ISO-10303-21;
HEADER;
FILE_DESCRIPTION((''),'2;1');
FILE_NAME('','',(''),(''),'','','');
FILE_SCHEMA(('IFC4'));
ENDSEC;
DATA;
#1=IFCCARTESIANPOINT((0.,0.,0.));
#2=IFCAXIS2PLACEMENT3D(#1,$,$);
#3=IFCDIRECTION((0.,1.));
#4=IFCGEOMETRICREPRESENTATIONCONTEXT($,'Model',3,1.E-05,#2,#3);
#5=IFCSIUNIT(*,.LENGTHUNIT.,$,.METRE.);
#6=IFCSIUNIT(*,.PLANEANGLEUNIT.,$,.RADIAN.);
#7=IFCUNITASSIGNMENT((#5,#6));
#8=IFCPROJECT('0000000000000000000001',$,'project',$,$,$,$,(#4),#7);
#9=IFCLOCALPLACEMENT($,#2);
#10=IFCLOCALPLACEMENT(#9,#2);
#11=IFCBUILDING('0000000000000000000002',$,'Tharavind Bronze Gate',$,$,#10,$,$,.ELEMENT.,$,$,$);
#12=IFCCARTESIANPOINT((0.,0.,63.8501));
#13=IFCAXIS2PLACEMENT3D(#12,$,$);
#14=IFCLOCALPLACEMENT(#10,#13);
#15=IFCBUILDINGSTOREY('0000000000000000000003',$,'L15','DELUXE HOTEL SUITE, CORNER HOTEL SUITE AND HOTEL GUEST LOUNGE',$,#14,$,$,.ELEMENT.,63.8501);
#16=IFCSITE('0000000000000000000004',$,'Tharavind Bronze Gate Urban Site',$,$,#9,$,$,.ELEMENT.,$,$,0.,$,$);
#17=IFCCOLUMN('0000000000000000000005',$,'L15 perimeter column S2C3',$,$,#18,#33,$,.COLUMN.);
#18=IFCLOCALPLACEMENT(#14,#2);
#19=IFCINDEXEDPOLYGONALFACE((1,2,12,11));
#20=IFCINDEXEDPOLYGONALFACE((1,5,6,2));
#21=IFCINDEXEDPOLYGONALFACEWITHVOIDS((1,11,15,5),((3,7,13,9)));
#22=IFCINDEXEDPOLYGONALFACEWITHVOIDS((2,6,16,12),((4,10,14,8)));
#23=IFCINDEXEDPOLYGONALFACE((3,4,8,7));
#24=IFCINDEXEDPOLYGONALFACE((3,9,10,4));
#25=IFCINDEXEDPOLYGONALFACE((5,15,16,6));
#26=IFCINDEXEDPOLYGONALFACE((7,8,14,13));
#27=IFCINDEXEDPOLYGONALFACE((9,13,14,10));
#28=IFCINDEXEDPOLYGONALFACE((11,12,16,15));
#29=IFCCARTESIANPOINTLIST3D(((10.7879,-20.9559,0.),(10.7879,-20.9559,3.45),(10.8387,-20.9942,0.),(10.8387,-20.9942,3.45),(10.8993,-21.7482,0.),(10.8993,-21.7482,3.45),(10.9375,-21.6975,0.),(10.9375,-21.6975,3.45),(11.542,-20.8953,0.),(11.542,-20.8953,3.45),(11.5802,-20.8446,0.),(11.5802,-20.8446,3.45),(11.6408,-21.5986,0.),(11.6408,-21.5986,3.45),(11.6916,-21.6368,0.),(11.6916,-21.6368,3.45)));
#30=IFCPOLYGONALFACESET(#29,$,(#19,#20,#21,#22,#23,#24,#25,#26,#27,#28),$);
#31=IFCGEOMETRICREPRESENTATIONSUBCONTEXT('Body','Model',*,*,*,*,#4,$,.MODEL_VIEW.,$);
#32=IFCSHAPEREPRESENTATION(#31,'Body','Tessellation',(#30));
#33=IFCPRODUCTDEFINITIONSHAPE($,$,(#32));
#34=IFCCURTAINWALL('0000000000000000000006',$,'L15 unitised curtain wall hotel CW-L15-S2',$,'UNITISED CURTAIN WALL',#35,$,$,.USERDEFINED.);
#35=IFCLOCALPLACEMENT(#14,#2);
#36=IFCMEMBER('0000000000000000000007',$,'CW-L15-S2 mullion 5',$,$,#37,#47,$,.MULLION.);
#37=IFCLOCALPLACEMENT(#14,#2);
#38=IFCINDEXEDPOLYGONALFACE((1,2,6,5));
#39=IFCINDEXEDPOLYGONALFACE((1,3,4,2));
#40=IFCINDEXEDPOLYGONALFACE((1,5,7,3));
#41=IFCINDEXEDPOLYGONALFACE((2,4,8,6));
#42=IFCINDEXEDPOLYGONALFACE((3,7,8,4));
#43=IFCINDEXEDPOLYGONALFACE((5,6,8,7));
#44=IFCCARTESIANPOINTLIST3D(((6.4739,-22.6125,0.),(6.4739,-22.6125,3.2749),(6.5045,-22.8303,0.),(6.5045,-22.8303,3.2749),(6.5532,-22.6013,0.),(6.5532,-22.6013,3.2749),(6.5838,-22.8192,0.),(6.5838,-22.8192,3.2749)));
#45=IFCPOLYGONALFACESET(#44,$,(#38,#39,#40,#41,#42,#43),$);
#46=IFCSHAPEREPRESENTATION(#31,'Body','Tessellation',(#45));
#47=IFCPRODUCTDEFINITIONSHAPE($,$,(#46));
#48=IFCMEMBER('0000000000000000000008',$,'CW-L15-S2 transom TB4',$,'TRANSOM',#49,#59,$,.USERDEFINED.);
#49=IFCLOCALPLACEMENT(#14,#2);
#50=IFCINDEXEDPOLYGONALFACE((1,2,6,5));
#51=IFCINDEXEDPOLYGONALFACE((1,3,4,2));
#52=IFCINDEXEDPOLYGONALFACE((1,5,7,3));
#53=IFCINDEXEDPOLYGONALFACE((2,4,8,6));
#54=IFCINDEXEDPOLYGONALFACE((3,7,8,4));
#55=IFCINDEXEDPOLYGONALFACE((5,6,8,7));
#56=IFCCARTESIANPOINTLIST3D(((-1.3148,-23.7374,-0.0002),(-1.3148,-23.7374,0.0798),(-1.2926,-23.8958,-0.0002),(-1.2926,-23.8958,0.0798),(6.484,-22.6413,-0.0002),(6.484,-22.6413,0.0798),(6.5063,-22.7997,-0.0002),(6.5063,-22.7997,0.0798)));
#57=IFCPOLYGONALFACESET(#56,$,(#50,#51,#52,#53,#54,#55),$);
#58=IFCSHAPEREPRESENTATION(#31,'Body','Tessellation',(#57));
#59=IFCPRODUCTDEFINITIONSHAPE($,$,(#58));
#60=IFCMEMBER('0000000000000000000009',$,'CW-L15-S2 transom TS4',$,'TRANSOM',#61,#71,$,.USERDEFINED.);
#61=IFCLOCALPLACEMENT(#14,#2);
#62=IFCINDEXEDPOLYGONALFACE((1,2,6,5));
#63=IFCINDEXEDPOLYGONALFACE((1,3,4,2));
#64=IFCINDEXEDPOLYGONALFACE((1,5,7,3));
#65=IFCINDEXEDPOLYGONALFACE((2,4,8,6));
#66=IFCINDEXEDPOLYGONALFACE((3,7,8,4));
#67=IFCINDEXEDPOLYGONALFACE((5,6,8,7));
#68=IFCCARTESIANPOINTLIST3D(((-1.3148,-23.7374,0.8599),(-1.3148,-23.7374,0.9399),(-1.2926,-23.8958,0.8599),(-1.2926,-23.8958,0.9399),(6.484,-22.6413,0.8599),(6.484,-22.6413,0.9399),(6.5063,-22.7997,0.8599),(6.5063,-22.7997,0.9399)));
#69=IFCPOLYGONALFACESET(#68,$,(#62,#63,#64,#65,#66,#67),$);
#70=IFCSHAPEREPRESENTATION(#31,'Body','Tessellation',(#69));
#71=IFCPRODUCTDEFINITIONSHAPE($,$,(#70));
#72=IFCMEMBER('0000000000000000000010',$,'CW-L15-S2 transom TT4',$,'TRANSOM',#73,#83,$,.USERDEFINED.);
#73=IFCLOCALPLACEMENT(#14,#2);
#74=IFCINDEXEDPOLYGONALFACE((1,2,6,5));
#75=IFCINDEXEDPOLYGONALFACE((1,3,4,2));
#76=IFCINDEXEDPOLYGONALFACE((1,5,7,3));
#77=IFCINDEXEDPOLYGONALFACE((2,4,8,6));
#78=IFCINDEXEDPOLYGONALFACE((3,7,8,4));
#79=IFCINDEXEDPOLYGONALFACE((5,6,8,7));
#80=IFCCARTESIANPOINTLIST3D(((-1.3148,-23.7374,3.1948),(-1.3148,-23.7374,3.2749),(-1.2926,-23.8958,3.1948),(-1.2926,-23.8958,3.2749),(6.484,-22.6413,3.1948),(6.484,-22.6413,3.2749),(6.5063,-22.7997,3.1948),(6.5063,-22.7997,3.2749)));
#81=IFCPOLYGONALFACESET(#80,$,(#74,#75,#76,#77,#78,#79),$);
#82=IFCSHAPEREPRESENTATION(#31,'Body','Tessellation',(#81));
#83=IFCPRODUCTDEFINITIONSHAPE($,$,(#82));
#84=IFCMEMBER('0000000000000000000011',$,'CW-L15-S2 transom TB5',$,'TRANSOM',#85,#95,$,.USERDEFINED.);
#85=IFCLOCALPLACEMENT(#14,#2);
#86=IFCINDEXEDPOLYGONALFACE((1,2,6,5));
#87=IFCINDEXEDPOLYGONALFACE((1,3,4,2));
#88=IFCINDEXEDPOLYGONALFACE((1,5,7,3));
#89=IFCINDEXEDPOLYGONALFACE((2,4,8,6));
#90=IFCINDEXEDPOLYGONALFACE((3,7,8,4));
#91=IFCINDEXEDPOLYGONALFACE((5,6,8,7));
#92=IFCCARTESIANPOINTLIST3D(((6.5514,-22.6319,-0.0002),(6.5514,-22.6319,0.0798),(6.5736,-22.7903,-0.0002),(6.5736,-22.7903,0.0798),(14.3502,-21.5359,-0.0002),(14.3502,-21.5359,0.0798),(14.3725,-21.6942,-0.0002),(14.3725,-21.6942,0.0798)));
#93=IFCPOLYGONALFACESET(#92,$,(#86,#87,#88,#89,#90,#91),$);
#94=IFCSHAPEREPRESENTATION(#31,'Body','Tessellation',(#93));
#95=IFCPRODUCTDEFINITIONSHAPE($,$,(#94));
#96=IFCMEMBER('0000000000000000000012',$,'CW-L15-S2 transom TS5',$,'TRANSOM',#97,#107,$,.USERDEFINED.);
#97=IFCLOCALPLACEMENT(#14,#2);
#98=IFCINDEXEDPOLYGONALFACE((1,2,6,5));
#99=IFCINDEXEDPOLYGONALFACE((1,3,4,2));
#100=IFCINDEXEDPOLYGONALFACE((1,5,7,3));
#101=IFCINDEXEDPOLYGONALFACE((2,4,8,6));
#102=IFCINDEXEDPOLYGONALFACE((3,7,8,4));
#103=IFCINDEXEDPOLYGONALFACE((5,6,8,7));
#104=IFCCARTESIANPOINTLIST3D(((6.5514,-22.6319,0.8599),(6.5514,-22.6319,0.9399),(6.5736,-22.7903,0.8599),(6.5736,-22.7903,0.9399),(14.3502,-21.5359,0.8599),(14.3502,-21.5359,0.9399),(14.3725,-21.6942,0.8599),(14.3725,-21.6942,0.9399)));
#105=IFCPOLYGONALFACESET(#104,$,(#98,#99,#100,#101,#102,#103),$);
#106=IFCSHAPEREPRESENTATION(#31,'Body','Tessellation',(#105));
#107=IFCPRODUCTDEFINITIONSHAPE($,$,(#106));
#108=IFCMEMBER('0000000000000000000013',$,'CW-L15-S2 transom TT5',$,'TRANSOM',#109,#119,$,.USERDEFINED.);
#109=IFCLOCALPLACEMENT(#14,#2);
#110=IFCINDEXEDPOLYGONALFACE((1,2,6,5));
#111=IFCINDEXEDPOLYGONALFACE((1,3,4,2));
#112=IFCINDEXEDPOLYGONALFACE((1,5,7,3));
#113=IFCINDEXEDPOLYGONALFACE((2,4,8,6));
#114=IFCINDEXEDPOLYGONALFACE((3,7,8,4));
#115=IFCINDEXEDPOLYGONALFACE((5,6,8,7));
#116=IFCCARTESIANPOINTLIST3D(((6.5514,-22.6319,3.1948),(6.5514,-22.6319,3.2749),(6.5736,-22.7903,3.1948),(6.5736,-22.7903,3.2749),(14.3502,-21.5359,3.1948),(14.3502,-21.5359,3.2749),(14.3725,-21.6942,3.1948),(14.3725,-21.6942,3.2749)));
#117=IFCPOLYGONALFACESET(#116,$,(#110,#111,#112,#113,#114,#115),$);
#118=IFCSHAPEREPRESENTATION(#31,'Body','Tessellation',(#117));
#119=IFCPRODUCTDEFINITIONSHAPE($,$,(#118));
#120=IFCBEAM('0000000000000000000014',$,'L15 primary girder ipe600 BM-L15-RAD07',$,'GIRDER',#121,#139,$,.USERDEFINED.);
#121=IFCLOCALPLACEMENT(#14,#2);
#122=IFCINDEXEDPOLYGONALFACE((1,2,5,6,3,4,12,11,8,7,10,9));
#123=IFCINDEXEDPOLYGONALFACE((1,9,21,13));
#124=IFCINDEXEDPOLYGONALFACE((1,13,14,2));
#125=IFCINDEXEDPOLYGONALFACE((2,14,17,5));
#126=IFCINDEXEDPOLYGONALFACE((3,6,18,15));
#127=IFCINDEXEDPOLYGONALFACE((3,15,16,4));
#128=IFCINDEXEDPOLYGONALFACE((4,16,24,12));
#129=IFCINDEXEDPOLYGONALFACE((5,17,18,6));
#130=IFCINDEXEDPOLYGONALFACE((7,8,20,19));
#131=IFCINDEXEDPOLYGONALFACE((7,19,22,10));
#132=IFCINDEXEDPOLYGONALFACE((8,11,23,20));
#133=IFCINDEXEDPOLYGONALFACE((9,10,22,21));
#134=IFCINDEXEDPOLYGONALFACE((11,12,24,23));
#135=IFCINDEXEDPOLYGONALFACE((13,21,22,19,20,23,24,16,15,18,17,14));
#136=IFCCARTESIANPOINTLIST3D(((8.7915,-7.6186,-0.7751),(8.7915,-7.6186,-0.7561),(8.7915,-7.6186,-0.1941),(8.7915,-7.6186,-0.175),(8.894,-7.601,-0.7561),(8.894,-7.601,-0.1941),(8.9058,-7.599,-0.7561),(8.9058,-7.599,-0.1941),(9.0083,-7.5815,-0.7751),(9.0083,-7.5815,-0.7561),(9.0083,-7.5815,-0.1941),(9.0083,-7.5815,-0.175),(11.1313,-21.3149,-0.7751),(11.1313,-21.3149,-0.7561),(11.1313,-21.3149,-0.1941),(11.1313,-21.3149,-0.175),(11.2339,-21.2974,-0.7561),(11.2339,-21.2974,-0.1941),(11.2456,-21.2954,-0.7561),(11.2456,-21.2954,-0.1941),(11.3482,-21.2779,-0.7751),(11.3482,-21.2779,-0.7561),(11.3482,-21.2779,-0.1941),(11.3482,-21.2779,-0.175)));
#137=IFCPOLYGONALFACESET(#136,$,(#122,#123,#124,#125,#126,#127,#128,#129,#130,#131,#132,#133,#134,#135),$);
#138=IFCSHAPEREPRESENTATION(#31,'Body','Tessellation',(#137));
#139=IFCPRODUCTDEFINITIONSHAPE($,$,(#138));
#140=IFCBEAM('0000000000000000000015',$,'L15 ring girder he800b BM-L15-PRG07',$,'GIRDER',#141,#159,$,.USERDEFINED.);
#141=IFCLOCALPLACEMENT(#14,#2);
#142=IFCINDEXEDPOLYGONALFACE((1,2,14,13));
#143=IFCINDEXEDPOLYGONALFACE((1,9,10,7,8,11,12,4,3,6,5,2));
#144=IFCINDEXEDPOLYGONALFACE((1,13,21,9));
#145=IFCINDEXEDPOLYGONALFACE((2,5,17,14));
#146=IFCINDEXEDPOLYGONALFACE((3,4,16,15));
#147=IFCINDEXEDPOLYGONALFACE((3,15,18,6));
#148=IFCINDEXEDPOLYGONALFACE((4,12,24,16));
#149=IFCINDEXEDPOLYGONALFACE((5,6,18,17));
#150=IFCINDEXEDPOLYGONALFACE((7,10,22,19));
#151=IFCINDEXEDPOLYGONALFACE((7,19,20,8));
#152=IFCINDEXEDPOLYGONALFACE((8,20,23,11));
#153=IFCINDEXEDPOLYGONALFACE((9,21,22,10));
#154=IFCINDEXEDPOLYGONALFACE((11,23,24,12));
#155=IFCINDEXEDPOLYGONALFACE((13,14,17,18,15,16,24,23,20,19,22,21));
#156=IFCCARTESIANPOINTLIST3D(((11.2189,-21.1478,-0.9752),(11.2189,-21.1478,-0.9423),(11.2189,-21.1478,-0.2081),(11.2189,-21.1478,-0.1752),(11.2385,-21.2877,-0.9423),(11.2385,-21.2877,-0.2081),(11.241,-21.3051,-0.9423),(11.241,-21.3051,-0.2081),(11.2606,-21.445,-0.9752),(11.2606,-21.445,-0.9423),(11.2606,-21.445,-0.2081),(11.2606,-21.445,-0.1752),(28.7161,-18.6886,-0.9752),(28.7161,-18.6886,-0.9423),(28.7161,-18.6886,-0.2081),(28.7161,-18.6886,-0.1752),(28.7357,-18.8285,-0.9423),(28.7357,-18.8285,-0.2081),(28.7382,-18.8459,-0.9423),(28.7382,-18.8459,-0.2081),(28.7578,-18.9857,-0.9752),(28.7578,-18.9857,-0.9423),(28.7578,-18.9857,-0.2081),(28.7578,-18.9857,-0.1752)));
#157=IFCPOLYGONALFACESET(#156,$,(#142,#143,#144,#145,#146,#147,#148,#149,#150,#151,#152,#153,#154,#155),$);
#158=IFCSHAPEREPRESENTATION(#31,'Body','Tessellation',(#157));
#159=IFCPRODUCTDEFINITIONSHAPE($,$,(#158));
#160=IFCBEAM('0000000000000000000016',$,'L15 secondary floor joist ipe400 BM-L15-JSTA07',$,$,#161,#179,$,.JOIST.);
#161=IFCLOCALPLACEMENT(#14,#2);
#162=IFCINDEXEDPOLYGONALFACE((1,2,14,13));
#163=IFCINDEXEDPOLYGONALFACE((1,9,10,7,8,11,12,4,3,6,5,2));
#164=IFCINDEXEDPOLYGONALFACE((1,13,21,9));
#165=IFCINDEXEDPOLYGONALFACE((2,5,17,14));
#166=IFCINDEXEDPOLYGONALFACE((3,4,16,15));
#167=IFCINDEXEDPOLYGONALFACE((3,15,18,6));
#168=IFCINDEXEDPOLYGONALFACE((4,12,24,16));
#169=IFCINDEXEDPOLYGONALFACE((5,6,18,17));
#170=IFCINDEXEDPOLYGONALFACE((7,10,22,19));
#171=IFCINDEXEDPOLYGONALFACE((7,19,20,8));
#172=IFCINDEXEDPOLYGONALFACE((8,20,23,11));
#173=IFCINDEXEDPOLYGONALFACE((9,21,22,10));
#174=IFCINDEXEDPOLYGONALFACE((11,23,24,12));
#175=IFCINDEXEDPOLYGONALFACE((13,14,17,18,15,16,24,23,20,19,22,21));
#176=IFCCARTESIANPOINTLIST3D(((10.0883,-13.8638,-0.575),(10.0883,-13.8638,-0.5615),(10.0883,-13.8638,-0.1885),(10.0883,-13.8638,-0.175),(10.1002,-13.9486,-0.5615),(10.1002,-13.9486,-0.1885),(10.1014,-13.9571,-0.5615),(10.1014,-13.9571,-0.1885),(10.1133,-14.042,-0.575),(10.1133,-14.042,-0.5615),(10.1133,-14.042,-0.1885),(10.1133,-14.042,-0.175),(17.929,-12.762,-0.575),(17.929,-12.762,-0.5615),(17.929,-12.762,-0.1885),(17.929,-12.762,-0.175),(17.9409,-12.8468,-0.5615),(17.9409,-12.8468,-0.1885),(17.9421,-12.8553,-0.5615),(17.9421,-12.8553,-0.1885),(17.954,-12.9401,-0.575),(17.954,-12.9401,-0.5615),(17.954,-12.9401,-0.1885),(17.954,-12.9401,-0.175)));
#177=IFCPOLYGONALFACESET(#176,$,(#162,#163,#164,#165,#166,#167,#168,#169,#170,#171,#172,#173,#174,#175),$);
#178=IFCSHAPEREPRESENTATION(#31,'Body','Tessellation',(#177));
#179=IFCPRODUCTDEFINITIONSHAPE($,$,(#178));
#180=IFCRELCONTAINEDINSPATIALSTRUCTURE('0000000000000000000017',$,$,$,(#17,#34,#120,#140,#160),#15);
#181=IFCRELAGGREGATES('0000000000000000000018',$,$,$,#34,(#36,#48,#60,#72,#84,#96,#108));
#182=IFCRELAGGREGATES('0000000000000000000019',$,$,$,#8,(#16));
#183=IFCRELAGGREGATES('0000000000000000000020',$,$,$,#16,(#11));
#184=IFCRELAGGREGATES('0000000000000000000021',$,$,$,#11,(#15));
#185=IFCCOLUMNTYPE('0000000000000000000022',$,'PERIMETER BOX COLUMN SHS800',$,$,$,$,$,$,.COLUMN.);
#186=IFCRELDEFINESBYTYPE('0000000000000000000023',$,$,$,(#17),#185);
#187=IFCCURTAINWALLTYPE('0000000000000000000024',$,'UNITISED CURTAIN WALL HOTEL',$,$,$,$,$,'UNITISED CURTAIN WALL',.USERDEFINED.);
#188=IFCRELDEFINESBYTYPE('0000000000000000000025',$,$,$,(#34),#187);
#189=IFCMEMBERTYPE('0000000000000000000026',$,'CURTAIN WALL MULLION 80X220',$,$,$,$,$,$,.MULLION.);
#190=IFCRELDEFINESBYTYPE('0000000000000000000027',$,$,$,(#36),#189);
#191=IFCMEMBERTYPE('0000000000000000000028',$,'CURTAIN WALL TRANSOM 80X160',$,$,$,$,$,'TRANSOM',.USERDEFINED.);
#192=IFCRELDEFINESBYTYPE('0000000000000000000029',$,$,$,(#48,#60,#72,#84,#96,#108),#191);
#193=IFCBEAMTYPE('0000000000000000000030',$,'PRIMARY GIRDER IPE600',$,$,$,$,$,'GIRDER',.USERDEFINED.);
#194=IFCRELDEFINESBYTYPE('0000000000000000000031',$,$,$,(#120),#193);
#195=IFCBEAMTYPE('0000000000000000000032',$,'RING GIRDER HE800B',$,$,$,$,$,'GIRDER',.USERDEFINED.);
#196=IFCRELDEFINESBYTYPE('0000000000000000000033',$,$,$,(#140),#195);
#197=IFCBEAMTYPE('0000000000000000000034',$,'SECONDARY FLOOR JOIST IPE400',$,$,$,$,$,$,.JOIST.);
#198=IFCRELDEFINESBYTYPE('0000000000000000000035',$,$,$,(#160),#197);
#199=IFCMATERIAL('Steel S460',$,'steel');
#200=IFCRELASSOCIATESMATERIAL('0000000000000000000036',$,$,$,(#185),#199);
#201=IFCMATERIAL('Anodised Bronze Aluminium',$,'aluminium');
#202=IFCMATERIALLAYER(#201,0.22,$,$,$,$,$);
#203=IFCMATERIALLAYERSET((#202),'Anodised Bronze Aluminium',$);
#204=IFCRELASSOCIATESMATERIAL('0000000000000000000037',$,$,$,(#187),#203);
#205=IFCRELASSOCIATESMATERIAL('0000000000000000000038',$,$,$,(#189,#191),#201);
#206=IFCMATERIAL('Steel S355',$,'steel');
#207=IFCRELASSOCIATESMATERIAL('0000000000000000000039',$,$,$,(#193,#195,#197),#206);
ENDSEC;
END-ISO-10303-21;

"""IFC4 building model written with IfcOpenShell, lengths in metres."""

from ifc_helpers import new_model, si_unit, direction, frame, origin, origin_2d, place, context, subcontext, project, spatial, rectangle, hollow_rectangle, i_section, extrude, material, layer, layer_set, material_profile, profile_set, type_object, element, aggregate, save


model = new_model("IFC4")

# Units and contexts
model_context = context("Model", 3, precision=1e-05, world=origin(), true_north=direction((0.0, 1.0)))
body_context = subcontext(model_context, "Body", "Model", "MODEL_VIEW")
ifc_project = project(units=[si_unit("LENGTHUNIT", "METRE"), si_unit("PLANEANGLEUNIT", "RADIAN")], contexts=[model_context])

# Site, building, storey
site_placement = place(None, origin())
site = spatial("IfcSite", under=ifc_project, at=site_placement, Name="Tharavind Bronze Gate Urban Site", CompositionType="ELEMENT", RefElevation=0.0)
building_placement = place(site_placement, origin())
building = spatial("IfcBuilding", under=site, at=building_placement, Name="Tharavind Bronze Gate", CompositionType="ELEMENT")
storey_placement = place(building_placement, frame((0.0, 0.0, 63.8501)))
storey = spatial("IfcBuildingStorey", under=building, at=storey_placement, Name="L15", Description="DELUXE HOTEL SUITE, CORNER HOTEL SUITE AND HOTEL GUEST LOUNGE", CompositionType="ELEMENT", Elevation=63.8501)

# Column
ifc_material_1 = material(Name="Steel S460", Category="steel")
ifc_material_profile_1 = material_profile(ifc_material_1, hollow_rectangle(XDim=0.8, YDim=0.8, WallThickness=0.0449, at=origin_2d()), Name="SHS800X45")
ifc_profile_set_1 = profile_set([ifc_material_profile_1], Name="Steel S460")
column_type = type_object("IfcColumnType", Name="PERIMETER BOX COLUMN SHS800", PredefinedType="COLUMN", material=ifc_profile_set_1)
column_placement = place(storey_placement, frame((11.2397, -21.2964, 0.0), z_axis=(0.0, 0.0, 1.0), x_axis=(0.990268, 0.139173, 0.0)))
element("IfcColumn", 1, at=column_placement, inside=storey, type_object=column_type, Name="L15 perimeter column S2C3", PredefinedType="COLUMN", context=body_context, shape_type="SweptSolid", body=[
    extrude(hollow_rectangle(XDim=0.8, YDim=0.8, WallThickness=0.0449, at=origin_2d()), origin(), (0.0, 0.0, 1.0), 3.45),
])

# Curtain wall, members
ifc_material_2 = material(Name="Anodised Bronze Aluminium", Category="aluminium")
ifc_layer_1 = layer(ifc_material_2, 0.22)
ifc_layer_set_1 = layer_set([ifc_layer_1], Name="Anodised Bronze Aluminium")
curtain_wall_type = type_object("IfcCurtainWallType", Name="UNITISED CURTAIN WALL HOTEL", ElementType="UNITISED CURTAIN WALL", PredefinedType="USERDEFINED", material=ifc_layer_set_1)
curtain_wall_placement = place(storey_placement, origin())
curtain_wall = element("IfcCurtainWall", 2, at=curtain_wall_placement, inside=storey, type_object=curtain_wall_type, Name="L15 unitised curtain wall hotel CW-L15-S2", ObjectType="UNITISED CURTAIN WALL", PredefinedType="USERDEFINED")
member_type_1 = type_object("IfcMemberType", Name="CURTAIN WALL MULLION 80X220", PredefinedType="MULLION", material=ifc_material_2)
member_1_placement = place(storey_placement, frame((6.5288, -22.7158, 0.0), z_axis=(0.0, 0.0, 1.0), x_axis=(0.990268, 0.139173, 0.0)))
member_1 = element("IfcMember", 3, at=member_1_placement, type_object=member_type_1, Name="CW-L15-S2 mullion 5", PredefinedType="MULLION", context=body_context, shape_type="SweptSolid", body=[
    extrude(rectangle(XDim=0.0801, YDim=0.22, at=origin_2d()), origin(), (0.0, 0.0, 1.0), 3.2749),
])
member_type_2 = type_object("IfcMemberType", Name="CURTAIN WALL TRANSOM 80X160", ElementType="TRANSOM", PredefinedType="USERDEFINED", material=ifc_material_2)
member_2_placement = place(storey_placement, frame((2.5957, -23.2686, -0.0002), z_axis=(0.0, 0.0, 1.0), x_axis=(0.990268, 0.139173, 0.0)))
member_2 = element("IfcMember", 4, at=member_2_placement, type_object=member_type_2, Name="CW-L15-S2 transom TB4", ObjectType="TRANSOM", PredefinedType="USERDEFINED", context=body_context, shape_type="SweptSolid", body=[
    extrude(rectangle(XDim=7.8755, YDim=0.1599, at=origin_2d()), origin(), (0.0, 0.0, 1.0), 0.0801),
])
member_3_placement = place(storey_placement, frame((2.5957, -23.2686, 0.8599), z_axis=(0.0, 0.0, 1.0), x_axis=(0.990268, 0.139173, 0.0)))
member_3 = element("IfcMember", 5, at=member_3_placement, type_object=member_type_2, Name="CW-L15-S2 transom TS4", ObjectType="TRANSOM", PredefinedType="USERDEFINED", context=body_context, shape_type="SweptSolid", body=[
    extrude(rectangle(XDim=7.8755, YDim=0.1599, at=origin_2d()), origin(), (0.0, 0.0, 1.0), 0.0801),
])
member_4_placement = place(storey_placement, frame((2.5957, -23.2686, 3.1948), z_axis=(0.0, 0.0, 1.0), x_axis=(0.990268, 0.139173, 0.0)))
member_4 = element("IfcMember", 6, at=member_4_placement, type_object=member_type_2, Name="CW-L15-S2 transom TT4", ObjectType="TRANSOM", PredefinedType="USERDEFINED", context=body_context, shape_type="SweptSolid", body=[
    extrude(rectangle(XDim=7.8755, YDim=0.1599, at=origin_2d()), origin(), (0.0, 0.0, 1.0), 0.0801),
])
member_5_placement = place(storey_placement, frame((10.4619, -22.1631, -0.0002), z_axis=(0.0, 0.0, 1.0), x_axis=(0.990268, 0.139173, 0.0)))
member_5 = element("IfcMember", 7, at=member_5_placement, type_object=member_type_2, Name="CW-L15-S2 transom TB5", ObjectType="TRANSOM", PredefinedType="USERDEFINED", context=body_context, shape_type="SweptSolid", body=[
    extrude(rectangle(XDim=7.8755, YDim=0.1599, at=origin_2d()), origin(), (0.0, 0.0, 1.0), 0.0801),
])
member_6_placement = place(storey_placement, frame((10.4619, -22.1631, 0.8599), z_axis=(0.0, 0.0, 1.0), x_axis=(0.990268, 0.139173, 0.0)))
member_6 = element("IfcMember", 8, at=member_6_placement, type_object=member_type_2, Name="CW-L15-S2 transom TS5", ObjectType="TRANSOM", PredefinedType="USERDEFINED", context=body_context, shape_type="SweptSolid", body=[
    extrude(rectangle(XDim=7.8755, YDim=0.1599, at=origin_2d()), origin(), (0.0, 0.0, 1.0), 0.0801),
])
member_7_placement = place(storey_placement, frame((10.4619, -22.1631, 3.1948), z_axis=(0.0, 0.0, 1.0), x_axis=(0.990268, 0.139173, 0.0)))
member_7 = element("IfcMember", 9, at=member_7_placement, type_object=member_type_2, Name="CW-L15-S2 transom TT5", ObjectType="TRANSOM", PredefinedType="USERDEFINED", context=body_context, shape_type="SweptSolid", body=[
    extrude(rectangle(XDim=7.8755, YDim=0.1599, at=origin_2d()), origin(), (0.0, 0.0, 1.0), 0.0801),
])

# Beams
ifc_material_3 = material(Name="Steel S355", Category="steel")
ifc_material_profile_2 = material_profile(ifc_material_3, i_section(OverallWidth=0.22, OverallDepth=0.6001, WebThickness=0.012, FlangeThickness=0.019, at=origin_2d()), Name="IPE600")
ifc_profile_set_2 = profile_set([ifc_material_profile_2], Name="Steel S355")
beam_type_1 = type_object("IfcBeamType", Name="PRIMARY GIRDER IPE600", ElementType="GIRDER", PredefinedType="USERDEFINED", material=ifc_profile_set_2)
beam_1_placement = place(storey_placement, frame((11.2397, -21.2964, -0.4751), z_axis=(-0.168398, 0.985719, 0.0), x_axis=(-0.985719, -0.168398, 0.0)))
element("IfcBeam", 10, at=beam_1_placement, inside=storey, type_object=beam_type_1, Name="L15 primary girder ipe600 BM-L15-RAD07", ObjectType="GIRDER", PredefinedType="USERDEFINED", context=body_context, shape_type="SweptSolid", body=[
    extrude(i_section(OverallWidth=0.22, OverallDepth=0.6001, WebThickness=0.012, FlangeThickness=0.019, at=origin_2d()), origin(), (0.0, 0.0, 1.0), 13.8948),
])
ifc_material_profile_3 = material_profile(ifc_material_3, i_section(OverallWidth=0.3, OverallDepth=0.8, WebThickness=0.0176, FlangeThickness=0.033, at=origin_2d()), Name="HE800B")
ifc_profile_set_3 = profile_set([ifc_material_profile_3], Name="Steel S355")
beam_type_2 = type_object("IfcBeamType", Name="RING GIRDER HE800B", ElementType="GIRDER", PredefinedType="USERDEFINED", material=ifc_profile_set_3)
beam_2_placement = place(storey_placement, frame((11.2397, -21.2964, -0.5752), z_axis=(0.990267, 0.139181, 0.0), x_axis=(-0.139181, 0.990267, 0.0)))
element("IfcBeam", 11, at=beam_2_placement, inside=storey, type_object=beam_type_2, Name="L15 ring girder he800b BM-L15-PRG07", ObjectType="GIRDER", PredefinedType="USERDEFINED", context=body_context, shape_type="SweptSolid", body=[
    extrude(i_section(OverallWidth=0.3, OverallDepth=0.8, WebThickness=0.0176, FlangeThickness=0.033, at=origin_2d()), origin(), (0.0, 0.0, 1.0), 17.6692),
])
ifc_material_profile_4 = material_profile(ifc_material_3, i_section(OverallWidth=0.1799, OverallDepth=0.3999, WebThickness=0.0085, FlangeThickness=0.0134, at=origin_2d()), Name="IPE400")
ifc_profile_set_4 = profile_set([ifc_material_profile_4], Name="Steel S355")
beam_type_3 = type_object("IfcBeamType", Name="SECONDARY FLOOR JOIST IPE400", PredefinedType="JOIST", material=ifc_profile_set_4)
beam_3_placement = place(storey_placement, frame((10.1008, -13.9529, -0.375), z_axis=(0.99027, 0.139159, 0.0), x_axis=(-0.139159, 0.99027, 0.0)))
element("IfcBeam", 12, at=beam_3_placement, inside=storey, type_object=beam_type_3, Name="L15 secondary floor joist ipe400 BM-L15-JSTA07", PredefinedType="JOIST", context=body_context, shape_type="SweptSolid", body=[
    extrude(i_section(OverallWidth=0.1799, OverallDepth=0.3999, WebThickness=0.0085, FlangeThickness=0.0134, at=origin_2d()), origin(), (0.0, 0.0, 1.0), 7.9177),
])

aggregate(curtain_wall, [member_1, member_2, member_3, member_4, member_5, member_6, member_7])

save(model, "model.ifc")
